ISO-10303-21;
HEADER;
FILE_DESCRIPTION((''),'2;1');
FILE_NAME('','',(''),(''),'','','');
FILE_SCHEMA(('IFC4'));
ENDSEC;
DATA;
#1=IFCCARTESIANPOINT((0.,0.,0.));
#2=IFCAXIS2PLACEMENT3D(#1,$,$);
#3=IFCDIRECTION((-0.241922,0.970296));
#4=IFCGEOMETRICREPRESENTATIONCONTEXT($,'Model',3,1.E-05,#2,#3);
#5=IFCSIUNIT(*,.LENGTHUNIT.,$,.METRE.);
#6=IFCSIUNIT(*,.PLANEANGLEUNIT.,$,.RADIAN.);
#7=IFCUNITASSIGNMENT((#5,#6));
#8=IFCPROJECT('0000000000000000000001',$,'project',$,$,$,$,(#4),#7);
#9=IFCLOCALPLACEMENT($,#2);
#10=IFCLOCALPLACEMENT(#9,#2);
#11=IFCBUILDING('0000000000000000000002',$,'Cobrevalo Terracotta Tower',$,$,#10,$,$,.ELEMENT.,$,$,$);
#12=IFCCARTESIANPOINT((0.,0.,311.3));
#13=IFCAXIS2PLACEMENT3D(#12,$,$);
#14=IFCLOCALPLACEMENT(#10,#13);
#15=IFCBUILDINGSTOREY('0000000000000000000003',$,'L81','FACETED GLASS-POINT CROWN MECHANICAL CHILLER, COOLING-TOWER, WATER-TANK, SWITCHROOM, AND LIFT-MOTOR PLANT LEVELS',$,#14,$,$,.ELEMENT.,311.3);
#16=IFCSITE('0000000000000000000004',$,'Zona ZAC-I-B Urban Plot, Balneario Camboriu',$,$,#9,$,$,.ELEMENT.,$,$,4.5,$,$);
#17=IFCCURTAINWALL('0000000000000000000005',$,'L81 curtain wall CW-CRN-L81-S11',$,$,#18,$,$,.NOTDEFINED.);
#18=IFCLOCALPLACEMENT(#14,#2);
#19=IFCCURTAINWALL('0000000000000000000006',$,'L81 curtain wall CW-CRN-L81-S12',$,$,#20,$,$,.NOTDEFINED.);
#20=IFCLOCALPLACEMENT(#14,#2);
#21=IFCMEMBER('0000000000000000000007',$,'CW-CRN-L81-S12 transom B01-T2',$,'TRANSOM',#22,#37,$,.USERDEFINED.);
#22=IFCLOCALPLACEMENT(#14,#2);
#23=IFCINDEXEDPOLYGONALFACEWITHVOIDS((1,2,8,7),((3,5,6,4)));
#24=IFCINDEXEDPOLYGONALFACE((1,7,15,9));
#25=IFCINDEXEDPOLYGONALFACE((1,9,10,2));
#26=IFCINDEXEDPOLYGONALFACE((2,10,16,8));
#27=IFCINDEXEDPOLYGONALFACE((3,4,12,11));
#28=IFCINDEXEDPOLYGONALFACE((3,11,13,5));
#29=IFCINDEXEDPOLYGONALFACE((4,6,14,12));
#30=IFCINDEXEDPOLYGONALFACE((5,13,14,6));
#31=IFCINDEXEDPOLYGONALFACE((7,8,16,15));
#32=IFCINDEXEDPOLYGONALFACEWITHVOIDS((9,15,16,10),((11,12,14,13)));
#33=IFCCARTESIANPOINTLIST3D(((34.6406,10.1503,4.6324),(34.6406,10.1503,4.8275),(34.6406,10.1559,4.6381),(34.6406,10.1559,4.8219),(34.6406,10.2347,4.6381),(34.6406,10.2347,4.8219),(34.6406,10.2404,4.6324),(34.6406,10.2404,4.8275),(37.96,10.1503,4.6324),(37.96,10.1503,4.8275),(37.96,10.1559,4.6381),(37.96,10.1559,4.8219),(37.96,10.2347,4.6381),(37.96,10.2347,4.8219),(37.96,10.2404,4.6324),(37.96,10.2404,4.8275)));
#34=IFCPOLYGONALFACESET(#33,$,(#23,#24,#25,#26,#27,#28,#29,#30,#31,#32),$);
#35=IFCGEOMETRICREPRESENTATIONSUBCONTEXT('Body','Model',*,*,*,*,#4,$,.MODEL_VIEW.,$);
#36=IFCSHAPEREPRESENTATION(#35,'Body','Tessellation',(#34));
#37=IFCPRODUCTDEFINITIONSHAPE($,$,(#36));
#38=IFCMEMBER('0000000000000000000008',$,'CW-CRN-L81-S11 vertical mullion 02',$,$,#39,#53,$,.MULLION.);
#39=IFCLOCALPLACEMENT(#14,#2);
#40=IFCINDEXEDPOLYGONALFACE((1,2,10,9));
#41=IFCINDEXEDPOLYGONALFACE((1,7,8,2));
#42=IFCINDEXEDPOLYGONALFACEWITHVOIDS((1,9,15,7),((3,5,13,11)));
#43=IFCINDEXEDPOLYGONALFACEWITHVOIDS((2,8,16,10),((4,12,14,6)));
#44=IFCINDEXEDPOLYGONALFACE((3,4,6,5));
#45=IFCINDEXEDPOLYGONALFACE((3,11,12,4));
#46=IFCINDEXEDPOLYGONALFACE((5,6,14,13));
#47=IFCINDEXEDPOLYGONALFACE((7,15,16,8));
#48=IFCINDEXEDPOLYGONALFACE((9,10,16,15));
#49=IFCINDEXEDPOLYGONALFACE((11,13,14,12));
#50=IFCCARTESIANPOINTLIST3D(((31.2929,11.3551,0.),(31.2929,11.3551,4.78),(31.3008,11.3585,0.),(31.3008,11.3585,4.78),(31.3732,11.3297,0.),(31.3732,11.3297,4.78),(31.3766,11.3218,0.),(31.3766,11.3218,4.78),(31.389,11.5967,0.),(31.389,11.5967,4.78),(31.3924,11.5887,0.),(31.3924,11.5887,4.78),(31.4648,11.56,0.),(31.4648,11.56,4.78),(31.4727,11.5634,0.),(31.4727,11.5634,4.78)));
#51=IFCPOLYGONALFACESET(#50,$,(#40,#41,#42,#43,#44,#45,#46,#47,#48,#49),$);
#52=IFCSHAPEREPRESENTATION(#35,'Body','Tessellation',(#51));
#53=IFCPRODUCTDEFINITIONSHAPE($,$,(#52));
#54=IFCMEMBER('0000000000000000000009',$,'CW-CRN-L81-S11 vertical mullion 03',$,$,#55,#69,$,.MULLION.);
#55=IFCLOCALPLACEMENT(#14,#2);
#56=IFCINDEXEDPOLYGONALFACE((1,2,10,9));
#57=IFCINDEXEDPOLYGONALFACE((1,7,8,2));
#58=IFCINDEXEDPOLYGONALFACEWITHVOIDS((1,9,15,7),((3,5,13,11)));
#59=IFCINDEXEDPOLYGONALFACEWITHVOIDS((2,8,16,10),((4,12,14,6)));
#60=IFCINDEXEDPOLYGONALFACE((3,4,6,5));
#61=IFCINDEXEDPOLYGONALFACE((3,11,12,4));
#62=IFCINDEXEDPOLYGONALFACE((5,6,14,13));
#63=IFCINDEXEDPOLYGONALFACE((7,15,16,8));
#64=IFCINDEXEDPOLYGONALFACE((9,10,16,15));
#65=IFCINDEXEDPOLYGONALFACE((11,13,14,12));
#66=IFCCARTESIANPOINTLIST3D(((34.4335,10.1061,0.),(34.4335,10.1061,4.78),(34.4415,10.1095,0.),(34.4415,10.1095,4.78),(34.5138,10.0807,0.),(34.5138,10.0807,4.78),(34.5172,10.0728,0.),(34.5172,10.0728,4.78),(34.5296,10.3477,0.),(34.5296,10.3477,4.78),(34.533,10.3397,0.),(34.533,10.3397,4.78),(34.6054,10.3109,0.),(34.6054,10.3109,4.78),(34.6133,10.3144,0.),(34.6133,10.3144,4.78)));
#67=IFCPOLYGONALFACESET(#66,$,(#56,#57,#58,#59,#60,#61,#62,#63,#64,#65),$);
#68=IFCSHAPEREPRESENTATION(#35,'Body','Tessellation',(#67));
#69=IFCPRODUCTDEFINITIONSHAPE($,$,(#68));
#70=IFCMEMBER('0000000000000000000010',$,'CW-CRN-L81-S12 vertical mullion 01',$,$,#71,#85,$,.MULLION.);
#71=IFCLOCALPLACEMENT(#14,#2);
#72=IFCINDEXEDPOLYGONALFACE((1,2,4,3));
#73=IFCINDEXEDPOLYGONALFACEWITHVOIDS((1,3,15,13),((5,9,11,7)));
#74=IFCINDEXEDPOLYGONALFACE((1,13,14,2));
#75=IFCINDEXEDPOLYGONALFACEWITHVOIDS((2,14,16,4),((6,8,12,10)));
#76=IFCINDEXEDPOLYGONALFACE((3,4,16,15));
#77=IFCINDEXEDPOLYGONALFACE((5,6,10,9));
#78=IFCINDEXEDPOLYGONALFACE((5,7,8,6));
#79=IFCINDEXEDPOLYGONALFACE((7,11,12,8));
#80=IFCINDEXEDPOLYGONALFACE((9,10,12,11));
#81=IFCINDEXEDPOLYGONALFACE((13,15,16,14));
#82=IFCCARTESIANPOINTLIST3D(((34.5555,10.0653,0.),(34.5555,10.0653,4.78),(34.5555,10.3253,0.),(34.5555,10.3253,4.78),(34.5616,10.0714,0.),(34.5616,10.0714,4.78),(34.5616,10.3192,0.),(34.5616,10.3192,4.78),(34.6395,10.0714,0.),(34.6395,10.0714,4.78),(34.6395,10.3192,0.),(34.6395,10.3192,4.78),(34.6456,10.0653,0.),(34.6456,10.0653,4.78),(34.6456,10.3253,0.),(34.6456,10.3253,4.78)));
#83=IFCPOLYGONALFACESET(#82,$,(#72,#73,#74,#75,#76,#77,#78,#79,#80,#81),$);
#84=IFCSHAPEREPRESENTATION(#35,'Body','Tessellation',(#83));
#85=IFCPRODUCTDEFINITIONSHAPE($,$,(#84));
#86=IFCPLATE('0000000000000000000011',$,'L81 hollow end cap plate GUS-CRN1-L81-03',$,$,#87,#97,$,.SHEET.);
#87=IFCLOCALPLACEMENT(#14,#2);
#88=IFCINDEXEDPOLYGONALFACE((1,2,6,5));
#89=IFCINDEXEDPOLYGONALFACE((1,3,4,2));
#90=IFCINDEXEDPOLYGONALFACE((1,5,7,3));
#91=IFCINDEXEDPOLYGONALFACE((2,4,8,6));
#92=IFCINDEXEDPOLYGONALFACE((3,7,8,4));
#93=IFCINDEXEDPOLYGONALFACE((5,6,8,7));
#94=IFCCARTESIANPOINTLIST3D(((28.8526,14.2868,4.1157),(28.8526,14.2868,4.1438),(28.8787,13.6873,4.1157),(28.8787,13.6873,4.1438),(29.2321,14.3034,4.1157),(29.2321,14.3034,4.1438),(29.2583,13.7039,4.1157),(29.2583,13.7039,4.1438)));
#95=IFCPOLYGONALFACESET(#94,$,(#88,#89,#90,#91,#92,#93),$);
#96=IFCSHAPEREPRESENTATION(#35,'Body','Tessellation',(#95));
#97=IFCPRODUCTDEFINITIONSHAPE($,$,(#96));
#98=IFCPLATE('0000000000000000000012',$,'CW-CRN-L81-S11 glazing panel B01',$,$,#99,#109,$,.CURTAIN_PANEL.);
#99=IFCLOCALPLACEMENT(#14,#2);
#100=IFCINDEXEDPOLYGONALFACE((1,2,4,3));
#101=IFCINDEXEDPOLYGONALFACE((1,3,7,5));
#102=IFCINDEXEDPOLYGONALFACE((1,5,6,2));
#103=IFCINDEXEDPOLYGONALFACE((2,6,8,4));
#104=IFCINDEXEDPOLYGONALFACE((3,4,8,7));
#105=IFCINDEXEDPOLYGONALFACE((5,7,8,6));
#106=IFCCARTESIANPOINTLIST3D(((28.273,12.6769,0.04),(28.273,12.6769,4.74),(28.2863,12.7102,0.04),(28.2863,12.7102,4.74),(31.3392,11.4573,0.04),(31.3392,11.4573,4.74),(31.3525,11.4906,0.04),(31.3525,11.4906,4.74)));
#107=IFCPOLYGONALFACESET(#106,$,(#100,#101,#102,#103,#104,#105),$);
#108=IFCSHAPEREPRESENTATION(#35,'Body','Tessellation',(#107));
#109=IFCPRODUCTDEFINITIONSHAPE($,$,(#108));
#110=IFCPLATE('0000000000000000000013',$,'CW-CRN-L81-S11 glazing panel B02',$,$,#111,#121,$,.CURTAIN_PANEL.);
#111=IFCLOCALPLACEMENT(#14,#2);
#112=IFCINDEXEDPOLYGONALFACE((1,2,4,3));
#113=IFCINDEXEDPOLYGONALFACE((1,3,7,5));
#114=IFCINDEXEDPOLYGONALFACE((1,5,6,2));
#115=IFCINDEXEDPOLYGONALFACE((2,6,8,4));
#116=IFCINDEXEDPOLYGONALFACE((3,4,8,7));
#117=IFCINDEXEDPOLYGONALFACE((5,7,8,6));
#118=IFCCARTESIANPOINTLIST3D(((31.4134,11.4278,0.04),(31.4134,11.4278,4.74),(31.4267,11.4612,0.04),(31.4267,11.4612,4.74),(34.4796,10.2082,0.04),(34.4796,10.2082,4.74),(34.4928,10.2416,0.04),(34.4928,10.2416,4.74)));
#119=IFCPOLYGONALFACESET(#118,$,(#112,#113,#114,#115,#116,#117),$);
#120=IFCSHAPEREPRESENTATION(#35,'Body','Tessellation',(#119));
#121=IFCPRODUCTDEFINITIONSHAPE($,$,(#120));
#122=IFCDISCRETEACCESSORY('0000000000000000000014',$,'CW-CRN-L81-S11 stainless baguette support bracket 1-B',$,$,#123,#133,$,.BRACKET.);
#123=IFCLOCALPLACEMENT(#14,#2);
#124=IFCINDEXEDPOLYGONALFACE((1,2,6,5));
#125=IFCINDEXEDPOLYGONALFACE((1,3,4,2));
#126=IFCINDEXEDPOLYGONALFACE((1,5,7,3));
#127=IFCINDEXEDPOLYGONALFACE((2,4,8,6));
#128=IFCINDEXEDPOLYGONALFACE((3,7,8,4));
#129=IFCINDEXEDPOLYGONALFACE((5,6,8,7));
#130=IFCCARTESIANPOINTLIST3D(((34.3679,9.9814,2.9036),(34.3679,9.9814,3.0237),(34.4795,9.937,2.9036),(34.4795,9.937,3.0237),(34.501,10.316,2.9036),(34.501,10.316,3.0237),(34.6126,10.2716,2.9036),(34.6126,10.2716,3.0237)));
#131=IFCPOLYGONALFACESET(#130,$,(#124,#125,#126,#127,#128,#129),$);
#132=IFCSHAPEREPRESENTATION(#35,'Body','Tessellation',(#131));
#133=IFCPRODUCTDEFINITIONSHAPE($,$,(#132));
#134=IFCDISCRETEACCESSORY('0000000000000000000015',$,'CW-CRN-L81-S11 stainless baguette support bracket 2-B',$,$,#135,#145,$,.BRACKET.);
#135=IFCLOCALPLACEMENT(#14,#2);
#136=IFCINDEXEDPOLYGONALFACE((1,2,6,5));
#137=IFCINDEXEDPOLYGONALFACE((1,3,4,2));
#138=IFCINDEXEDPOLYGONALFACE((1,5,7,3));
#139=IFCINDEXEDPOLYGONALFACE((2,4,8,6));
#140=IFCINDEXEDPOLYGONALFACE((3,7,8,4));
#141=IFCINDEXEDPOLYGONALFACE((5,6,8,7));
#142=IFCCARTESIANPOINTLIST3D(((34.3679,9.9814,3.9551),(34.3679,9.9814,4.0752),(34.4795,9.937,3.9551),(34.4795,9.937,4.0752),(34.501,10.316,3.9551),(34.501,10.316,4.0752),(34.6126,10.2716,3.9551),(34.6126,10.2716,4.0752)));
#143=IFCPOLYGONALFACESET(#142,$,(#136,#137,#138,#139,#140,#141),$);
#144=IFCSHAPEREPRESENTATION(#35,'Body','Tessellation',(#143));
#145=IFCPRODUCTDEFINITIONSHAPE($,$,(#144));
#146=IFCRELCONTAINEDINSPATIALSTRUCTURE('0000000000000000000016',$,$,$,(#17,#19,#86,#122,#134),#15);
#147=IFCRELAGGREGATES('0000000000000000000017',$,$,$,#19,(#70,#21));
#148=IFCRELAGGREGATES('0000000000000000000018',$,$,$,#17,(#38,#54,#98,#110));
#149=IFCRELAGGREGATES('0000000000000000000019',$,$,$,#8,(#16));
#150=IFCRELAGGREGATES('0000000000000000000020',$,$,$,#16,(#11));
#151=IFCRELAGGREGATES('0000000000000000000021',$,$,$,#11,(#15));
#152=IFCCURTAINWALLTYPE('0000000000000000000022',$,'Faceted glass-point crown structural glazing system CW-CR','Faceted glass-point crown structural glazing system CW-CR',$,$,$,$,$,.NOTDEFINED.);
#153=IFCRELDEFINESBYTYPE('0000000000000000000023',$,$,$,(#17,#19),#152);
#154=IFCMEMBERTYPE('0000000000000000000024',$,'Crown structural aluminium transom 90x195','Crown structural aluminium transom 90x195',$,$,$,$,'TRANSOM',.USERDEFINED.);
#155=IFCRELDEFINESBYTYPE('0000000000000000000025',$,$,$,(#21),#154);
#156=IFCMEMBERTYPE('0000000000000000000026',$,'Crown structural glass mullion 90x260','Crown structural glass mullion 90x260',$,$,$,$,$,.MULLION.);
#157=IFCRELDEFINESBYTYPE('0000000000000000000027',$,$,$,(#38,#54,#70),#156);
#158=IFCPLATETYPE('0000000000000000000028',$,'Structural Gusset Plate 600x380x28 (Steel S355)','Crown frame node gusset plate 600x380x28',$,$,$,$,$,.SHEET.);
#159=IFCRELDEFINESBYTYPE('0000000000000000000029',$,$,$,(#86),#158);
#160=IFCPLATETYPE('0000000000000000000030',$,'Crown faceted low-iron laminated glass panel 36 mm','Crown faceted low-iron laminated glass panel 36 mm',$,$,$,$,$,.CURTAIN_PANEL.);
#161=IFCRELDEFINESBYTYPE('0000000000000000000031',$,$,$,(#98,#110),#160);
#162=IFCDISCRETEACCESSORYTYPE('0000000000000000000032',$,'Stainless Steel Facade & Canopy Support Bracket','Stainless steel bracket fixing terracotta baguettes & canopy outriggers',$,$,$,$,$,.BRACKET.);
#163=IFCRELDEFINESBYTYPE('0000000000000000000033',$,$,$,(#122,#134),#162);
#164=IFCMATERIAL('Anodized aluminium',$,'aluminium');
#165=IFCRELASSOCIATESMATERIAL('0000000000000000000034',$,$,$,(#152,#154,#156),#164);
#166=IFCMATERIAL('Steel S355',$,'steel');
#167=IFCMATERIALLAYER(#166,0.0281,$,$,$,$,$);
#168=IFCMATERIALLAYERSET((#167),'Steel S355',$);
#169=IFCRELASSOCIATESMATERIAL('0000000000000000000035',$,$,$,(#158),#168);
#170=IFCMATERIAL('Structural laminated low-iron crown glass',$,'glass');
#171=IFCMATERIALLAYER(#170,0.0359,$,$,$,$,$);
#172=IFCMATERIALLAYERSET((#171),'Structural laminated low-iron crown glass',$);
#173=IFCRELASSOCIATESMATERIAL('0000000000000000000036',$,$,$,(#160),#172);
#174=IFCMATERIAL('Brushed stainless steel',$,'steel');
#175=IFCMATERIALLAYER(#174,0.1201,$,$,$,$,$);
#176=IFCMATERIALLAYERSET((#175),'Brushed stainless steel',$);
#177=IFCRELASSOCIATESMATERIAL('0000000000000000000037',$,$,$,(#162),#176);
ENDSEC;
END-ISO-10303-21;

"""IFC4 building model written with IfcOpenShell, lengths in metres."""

from ifc_helpers import new_model, si_unit, direction, frame, origin, origin_2d, place, context, subcontext, project, spatial, rectangle, hollow_rectangle, extrude, source, transform, mapped, material, layer, layer_set, material_profile, profile_set, type_object, element, aggregate, save


model = new_model("IFC4")

# Units and contexts
model_context = context("Model", 3, precision=1e-05, world=origin(), true_north=direction((-0.241922, 0.970296)))
body_context = subcontext(model_context, "Body", "Model", "MODEL_VIEW")
ifc_project = project(units=[si_unit("LENGTHUNIT", "METRE"), si_unit("PLANEANGLEUNIT", "RADIAN")], contexts=[model_context])

# Site, building, storey
site_placement = place(None, origin())
site = spatial("IfcSite", under=ifc_project, at=site_placement, Name="Zona ZAC-I-B Urban Plot, Balneario Camboriu", CompositionType="ELEMENT", RefElevation=4.5)
building_placement = place(site_placement, origin())
building = spatial("IfcBuilding", under=site, at=building_placement, Name="Cobrevalo Terracotta Tower", CompositionType="ELEMENT")
storey_placement = place(building_placement, frame((0.0, 0.0, 311.3)))
storey = spatial("IfcBuildingStorey", under=building, at=storey_placement, Name="L81", Description="FACETED GLASS-POINT CROWN MECHANICAL CHILLER, COOLING-TOWER, WATER-TANK, SWITCHROOM, AND LIFT-MOTOR PLANT LEVELS", CompositionType="ELEMENT", Elevation=311.3)

# Shared definitions
ifc_material_1 = material(Name="Steel S355", Category="steel")

# Curtain walls, member
ifc_material_2 = material(Name="Anodized aluminium", Category="aluminium")
curtain_wall_type = type_object("IfcCurtainWallType", Name="Faceted glass-point crown structural glazing system CW-CR", Description="Faceted glass-point crown structural glazing system CW-CR", PredefinedType="NOTDEFINED", material=ifc_material_2)
curtain_wall_1_placement = place(storey_placement, origin())
curtain_wall_1 = element("IfcCurtainWall", 1, at=curtain_wall_1_placement, inside=storey, type_object=curtain_wall_type, Name="L81 curtain wall CW-CRN-L81-S11", PredefinedType="NOTDEFINED")
ifc_material_profile_1 = material_profile(ifc_material_2, hollow_rectangle(XDim=0.0901, YDim=0.1951, WallThickness=0.0056, at=origin_2d()), Name="CWT 90x195")
ifc_profile_set_1 = profile_set([ifc_material_profile_1], Name="Anodized aluminium")
member_type_1 = type_object("IfcMemberType", Name="Crown structural aluminium transom 90x195", Description="Crown structural aluminium transom 90x195", ElementType="TRANSOM", PredefinedType="USERDEFINED", material=ifc_profile_set_1)
curtain_wall_2_placement = place(storey_placement, origin())
curtain_wall_2 = element("IfcCurtainWall", 2, at=curtain_wall_2_placement, inside=storey, type_object=curtain_wall_type, Name="L81 curtain wall CW-CRN-L81-S12", PredefinedType="NOTDEFINED")
shared_shape_1 = source(origin(), body_context, "Body", "SweptSolid", [
    extrude(hollow_rectangle(XDim=0.0901, YDim=0.1951, WallThickness=0.0056, at=origin_2d()), origin(), (0.0, 0.0, 1.0), 3.3193),
])
member_1_placement = place(storey_placement, frame((34.6406, 10.1953, 4.73), z_axis=(1.0, 0.0, 0.0), x_axis=(0.0, 1.0, 0.0)))
member_1 = element("IfcMember", 3, at=member_1_placement, type_object=member_type_1, Name="CW-CRN-L81-S12 transom B01-T2", ObjectType="TRANSOM", PredefinedType="USERDEFINED", context=body_context, shape_type="MappedRepresentation", body=[
    mapped(shared_shape_1, transform((0.0, 0.0, 0.0), scale=1.0)),
])

# Members
ifc_material_profile_2 = material_profile(ifc_material_2, hollow_rectangle(XDim=0.0901, YDim=0.26, WallThickness=0.0061, at=origin_2d()), Name="CWM 90x260")
ifc_profile_set_2 = profile_set([ifc_material_profile_2], Name="Anodized aluminium")
member_type_2 = type_object("IfcMemberType", Name="Crown structural glass mullion 90x260", Description="Crown structural glass mullion 90x260", PredefinedType="MULLION", material=ifc_profile_set_2)
shared_shape_2 = source(origin(), body_context, "Body", "SweptSolid", [
    extrude(hollow_rectangle(XDim=0.0901, YDim=0.26, WallThickness=0.0061, at=origin_2d()), origin(), (0.0, 0.0, 1.0), 4.78),
])
member_2_placement = place(storey_placement, frame((31.3828, 11.4592, 0.0), z_axis=(0.0, 0.0, 1.0), x_axis=(0.929191, -0.369601, 0.0)))
member_2 = element("IfcMember", 4, at=member_2_placement, type_object=member_type_2, Name="CW-CRN-L81-S11 vertical mullion 02", PredefinedType="MULLION", context=body_context, shape_type="MappedRepresentation", body=[
    mapped(shared_shape_2, transform((0.0, 0.0, 0.0), scale=1.0)),
])
member_3_placement = place(storey_placement, frame((34.5234, 10.2102, 0.0), z_axis=(0.0, 0.0, 1.0), x_axis=(0.929191, -0.369601, 0.0)))
member_3 = element("IfcMember", 5, at=member_3_placement, type_object=member_type_2, Name="CW-CRN-L81-S11 vertical mullion 03", PredefinedType="MULLION", context=body_context, shape_type="MappedRepresentation", body=[
    mapped(shared_shape_2, transform((0.0, 0.0, 0.0), scale=1.0)),
])
member_4_placement = place(storey_placement, frame((34.6006, 10.1953, 0.0), z_axis=(0.0, 0.0, 1.0), x_axis=(1.0, 0.0, 0.0)))
member_4 = element("IfcMember", 6, at=member_4_placement, type_object=member_type_2, Name="CW-CRN-L81-S12 vertical mullion 01", PredefinedType="MULLION", context=body_context, shape_type="MappedRepresentation", body=[
    mapped(shared_shape_2, transform((0.0, 0.0, 0.0), scale=1.0)),
])
aggregate(curtain_wall_2, [member_4, member_1])

# Plates
ifc_layer_1 = layer(ifc_material_1, 0.0281)
ifc_layer_set_1 = layer_set([ifc_layer_1], Name="Steel S355")
plate_type_1 = type_object("IfcPlateType", Name="Structural Gusset Plate 600x380x28 (Steel S355)", Description="Crown frame node gusset plate 600x380x28", PredefinedType="SHEET", material=ifc_layer_set_1)
shared_shape_3 = source(origin(), body_context, "Body", "SweptSolid", [
    extrude(rectangle(XDim=0.6001, YDim=0.3799, at=origin_2d()), origin(), (0.0, 0.0, 1.0), 0.0281),
])
plate_1_placement = place(storey_placement, frame((29.0554, 13.9954, 4.1157), z_axis=(0.0, 0.0, 1.0), x_axis=(0.0436, -0.999049, 0.0)))
element("IfcPlate", 7, at=plate_1_placement, inside=storey, type_object=plate_type_1, Name="L81 hollow end cap plate GUS-CRN1-L81-03", PredefinedType="SHEET", context=body_context, shape_type="MappedRepresentation", body=[
    mapped(shared_shape_3, transform((0.0, 0.0, 0.0), scale=1.0)),
])
ifc_material_3 = material(Name="Structural laminated low-iron crown glass", Category="glass")
ifc_layer_2 = layer(ifc_material_3, 0.0359)
ifc_layer_set_2 = layer_set([ifc_layer_2], Name="Structural laminated low-iron crown glass")
plate_type_2 = type_object("IfcPlateType", Name="Crown faceted low-iron laminated glass panel 36 mm", Description="Crown faceted low-iron laminated glass panel 36 mm", PredefinedType="CURTAIN_PANEL", material=ifc_layer_set_2)
shared_shape_4 = source(origin(), body_context, "Body", "SweptSolid", [
    extrude(rectangle(XDim=3.2998, YDim=0.0359, at=origin_2d()), origin(), (0.0, 0.0, 1.0), 4.7),
])
plate_2_placement = place(storey_placement, frame((29.8127, 12.0837, 0.04), z_axis=(0.0, 0.0, 1.0), x_axis=(0.929191, -0.369601, 0.0)))
plate_2 = element("IfcPlate", 8, at=plate_2_placement, type_object=plate_type_2, Name="CW-CRN-L81-S11 glazing panel B01", PredefinedType="CURTAIN_PANEL", context=body_context, shape_type="MappedRepresentation", body=[
    mapped(shared_shape_4, transform((0.0, 0.0, 0.0), scale=1.0)),
])
plate_3_placement = place(storey_placement, frame((32.9531, 10.8347, 0.04), z_axis=(0.0, 0.0, 1.0), x_axis=(0.929191, -0.369601, 0.0)))
plate_3 = element("IfcPlate", 9, at=plate_3_placement, type_object=plate_type_2, Name="CW-CRN-L81-S11 glazing panel B02", PredefinedType="CURTAIN_PANEL", context=body_context, shape_type="MappedRepresentation", body=[
    mapped(shared_shape_4, transform((0.0, 0.0, 0.0), scale=1.0)),
])
aggregate(curtain_wall_1, [member_2, member_3, plate_2, plate_3])

# Discrete accessories
ifc_material_4 = material(Name="Brushed stainless steel", Category="steel")
ifc_layer_3 = layer(ifc_material_4, 0.1201)
ifc_layer_set_3 = layer_set([ifc_layer_3], Name="Brushed stainless steel")
discrete_accessory_type = type_object("IfcDiscreteAccessoryType", Name="Stainless Steel Facade & Canopy Support Bracket", Description="Stainless steel bracket fixing terracotta baguettes & canopy outriggers", PredefinedType="BRACKET", material=ifc_layer_set_3)
shared_shape_5 = source(origin(), body_context, "Body", "SweptSolid", [
    extrude(rectangle(XDim=0.1201, YDim=0.3601, at=origin_2d()), origin(), (0.0, 0.0, 1.0), 0.1201),
])
for number, where, z_axis, x_axis, name in (
    (10, (34.4902, 10.1265, 2.9036), (0.0, 0.0, 1.0), (0.929191, -0.369601, 0.0), "CW-CRN-L81-S11 stainless baguette support bracket 1-B"),
    (11, (34.4902, 10.1265, 3.9551), (0.0, 0.0, 1.0), (0.929191, -0.369601, 0.0), "CW-CRN-L81-S11 stainless baguette support bracket 2-B"),
):
    element("IfcDiscreteAccessory", number, at=place(storey_placement, frame(where, z_axis=z_axis, x_axis=x_axis)), inside=storey, type_object=discrete_accessory_type, Name=name, PredefinedType="BRACKET", context=body_context, shape_type="MappedRepresentation", body=[
        mapped(shared_shape_5, transform((0.0, 0.0, 0.0), scale=1.0)),
    ])

save(model, "model.ifc")
